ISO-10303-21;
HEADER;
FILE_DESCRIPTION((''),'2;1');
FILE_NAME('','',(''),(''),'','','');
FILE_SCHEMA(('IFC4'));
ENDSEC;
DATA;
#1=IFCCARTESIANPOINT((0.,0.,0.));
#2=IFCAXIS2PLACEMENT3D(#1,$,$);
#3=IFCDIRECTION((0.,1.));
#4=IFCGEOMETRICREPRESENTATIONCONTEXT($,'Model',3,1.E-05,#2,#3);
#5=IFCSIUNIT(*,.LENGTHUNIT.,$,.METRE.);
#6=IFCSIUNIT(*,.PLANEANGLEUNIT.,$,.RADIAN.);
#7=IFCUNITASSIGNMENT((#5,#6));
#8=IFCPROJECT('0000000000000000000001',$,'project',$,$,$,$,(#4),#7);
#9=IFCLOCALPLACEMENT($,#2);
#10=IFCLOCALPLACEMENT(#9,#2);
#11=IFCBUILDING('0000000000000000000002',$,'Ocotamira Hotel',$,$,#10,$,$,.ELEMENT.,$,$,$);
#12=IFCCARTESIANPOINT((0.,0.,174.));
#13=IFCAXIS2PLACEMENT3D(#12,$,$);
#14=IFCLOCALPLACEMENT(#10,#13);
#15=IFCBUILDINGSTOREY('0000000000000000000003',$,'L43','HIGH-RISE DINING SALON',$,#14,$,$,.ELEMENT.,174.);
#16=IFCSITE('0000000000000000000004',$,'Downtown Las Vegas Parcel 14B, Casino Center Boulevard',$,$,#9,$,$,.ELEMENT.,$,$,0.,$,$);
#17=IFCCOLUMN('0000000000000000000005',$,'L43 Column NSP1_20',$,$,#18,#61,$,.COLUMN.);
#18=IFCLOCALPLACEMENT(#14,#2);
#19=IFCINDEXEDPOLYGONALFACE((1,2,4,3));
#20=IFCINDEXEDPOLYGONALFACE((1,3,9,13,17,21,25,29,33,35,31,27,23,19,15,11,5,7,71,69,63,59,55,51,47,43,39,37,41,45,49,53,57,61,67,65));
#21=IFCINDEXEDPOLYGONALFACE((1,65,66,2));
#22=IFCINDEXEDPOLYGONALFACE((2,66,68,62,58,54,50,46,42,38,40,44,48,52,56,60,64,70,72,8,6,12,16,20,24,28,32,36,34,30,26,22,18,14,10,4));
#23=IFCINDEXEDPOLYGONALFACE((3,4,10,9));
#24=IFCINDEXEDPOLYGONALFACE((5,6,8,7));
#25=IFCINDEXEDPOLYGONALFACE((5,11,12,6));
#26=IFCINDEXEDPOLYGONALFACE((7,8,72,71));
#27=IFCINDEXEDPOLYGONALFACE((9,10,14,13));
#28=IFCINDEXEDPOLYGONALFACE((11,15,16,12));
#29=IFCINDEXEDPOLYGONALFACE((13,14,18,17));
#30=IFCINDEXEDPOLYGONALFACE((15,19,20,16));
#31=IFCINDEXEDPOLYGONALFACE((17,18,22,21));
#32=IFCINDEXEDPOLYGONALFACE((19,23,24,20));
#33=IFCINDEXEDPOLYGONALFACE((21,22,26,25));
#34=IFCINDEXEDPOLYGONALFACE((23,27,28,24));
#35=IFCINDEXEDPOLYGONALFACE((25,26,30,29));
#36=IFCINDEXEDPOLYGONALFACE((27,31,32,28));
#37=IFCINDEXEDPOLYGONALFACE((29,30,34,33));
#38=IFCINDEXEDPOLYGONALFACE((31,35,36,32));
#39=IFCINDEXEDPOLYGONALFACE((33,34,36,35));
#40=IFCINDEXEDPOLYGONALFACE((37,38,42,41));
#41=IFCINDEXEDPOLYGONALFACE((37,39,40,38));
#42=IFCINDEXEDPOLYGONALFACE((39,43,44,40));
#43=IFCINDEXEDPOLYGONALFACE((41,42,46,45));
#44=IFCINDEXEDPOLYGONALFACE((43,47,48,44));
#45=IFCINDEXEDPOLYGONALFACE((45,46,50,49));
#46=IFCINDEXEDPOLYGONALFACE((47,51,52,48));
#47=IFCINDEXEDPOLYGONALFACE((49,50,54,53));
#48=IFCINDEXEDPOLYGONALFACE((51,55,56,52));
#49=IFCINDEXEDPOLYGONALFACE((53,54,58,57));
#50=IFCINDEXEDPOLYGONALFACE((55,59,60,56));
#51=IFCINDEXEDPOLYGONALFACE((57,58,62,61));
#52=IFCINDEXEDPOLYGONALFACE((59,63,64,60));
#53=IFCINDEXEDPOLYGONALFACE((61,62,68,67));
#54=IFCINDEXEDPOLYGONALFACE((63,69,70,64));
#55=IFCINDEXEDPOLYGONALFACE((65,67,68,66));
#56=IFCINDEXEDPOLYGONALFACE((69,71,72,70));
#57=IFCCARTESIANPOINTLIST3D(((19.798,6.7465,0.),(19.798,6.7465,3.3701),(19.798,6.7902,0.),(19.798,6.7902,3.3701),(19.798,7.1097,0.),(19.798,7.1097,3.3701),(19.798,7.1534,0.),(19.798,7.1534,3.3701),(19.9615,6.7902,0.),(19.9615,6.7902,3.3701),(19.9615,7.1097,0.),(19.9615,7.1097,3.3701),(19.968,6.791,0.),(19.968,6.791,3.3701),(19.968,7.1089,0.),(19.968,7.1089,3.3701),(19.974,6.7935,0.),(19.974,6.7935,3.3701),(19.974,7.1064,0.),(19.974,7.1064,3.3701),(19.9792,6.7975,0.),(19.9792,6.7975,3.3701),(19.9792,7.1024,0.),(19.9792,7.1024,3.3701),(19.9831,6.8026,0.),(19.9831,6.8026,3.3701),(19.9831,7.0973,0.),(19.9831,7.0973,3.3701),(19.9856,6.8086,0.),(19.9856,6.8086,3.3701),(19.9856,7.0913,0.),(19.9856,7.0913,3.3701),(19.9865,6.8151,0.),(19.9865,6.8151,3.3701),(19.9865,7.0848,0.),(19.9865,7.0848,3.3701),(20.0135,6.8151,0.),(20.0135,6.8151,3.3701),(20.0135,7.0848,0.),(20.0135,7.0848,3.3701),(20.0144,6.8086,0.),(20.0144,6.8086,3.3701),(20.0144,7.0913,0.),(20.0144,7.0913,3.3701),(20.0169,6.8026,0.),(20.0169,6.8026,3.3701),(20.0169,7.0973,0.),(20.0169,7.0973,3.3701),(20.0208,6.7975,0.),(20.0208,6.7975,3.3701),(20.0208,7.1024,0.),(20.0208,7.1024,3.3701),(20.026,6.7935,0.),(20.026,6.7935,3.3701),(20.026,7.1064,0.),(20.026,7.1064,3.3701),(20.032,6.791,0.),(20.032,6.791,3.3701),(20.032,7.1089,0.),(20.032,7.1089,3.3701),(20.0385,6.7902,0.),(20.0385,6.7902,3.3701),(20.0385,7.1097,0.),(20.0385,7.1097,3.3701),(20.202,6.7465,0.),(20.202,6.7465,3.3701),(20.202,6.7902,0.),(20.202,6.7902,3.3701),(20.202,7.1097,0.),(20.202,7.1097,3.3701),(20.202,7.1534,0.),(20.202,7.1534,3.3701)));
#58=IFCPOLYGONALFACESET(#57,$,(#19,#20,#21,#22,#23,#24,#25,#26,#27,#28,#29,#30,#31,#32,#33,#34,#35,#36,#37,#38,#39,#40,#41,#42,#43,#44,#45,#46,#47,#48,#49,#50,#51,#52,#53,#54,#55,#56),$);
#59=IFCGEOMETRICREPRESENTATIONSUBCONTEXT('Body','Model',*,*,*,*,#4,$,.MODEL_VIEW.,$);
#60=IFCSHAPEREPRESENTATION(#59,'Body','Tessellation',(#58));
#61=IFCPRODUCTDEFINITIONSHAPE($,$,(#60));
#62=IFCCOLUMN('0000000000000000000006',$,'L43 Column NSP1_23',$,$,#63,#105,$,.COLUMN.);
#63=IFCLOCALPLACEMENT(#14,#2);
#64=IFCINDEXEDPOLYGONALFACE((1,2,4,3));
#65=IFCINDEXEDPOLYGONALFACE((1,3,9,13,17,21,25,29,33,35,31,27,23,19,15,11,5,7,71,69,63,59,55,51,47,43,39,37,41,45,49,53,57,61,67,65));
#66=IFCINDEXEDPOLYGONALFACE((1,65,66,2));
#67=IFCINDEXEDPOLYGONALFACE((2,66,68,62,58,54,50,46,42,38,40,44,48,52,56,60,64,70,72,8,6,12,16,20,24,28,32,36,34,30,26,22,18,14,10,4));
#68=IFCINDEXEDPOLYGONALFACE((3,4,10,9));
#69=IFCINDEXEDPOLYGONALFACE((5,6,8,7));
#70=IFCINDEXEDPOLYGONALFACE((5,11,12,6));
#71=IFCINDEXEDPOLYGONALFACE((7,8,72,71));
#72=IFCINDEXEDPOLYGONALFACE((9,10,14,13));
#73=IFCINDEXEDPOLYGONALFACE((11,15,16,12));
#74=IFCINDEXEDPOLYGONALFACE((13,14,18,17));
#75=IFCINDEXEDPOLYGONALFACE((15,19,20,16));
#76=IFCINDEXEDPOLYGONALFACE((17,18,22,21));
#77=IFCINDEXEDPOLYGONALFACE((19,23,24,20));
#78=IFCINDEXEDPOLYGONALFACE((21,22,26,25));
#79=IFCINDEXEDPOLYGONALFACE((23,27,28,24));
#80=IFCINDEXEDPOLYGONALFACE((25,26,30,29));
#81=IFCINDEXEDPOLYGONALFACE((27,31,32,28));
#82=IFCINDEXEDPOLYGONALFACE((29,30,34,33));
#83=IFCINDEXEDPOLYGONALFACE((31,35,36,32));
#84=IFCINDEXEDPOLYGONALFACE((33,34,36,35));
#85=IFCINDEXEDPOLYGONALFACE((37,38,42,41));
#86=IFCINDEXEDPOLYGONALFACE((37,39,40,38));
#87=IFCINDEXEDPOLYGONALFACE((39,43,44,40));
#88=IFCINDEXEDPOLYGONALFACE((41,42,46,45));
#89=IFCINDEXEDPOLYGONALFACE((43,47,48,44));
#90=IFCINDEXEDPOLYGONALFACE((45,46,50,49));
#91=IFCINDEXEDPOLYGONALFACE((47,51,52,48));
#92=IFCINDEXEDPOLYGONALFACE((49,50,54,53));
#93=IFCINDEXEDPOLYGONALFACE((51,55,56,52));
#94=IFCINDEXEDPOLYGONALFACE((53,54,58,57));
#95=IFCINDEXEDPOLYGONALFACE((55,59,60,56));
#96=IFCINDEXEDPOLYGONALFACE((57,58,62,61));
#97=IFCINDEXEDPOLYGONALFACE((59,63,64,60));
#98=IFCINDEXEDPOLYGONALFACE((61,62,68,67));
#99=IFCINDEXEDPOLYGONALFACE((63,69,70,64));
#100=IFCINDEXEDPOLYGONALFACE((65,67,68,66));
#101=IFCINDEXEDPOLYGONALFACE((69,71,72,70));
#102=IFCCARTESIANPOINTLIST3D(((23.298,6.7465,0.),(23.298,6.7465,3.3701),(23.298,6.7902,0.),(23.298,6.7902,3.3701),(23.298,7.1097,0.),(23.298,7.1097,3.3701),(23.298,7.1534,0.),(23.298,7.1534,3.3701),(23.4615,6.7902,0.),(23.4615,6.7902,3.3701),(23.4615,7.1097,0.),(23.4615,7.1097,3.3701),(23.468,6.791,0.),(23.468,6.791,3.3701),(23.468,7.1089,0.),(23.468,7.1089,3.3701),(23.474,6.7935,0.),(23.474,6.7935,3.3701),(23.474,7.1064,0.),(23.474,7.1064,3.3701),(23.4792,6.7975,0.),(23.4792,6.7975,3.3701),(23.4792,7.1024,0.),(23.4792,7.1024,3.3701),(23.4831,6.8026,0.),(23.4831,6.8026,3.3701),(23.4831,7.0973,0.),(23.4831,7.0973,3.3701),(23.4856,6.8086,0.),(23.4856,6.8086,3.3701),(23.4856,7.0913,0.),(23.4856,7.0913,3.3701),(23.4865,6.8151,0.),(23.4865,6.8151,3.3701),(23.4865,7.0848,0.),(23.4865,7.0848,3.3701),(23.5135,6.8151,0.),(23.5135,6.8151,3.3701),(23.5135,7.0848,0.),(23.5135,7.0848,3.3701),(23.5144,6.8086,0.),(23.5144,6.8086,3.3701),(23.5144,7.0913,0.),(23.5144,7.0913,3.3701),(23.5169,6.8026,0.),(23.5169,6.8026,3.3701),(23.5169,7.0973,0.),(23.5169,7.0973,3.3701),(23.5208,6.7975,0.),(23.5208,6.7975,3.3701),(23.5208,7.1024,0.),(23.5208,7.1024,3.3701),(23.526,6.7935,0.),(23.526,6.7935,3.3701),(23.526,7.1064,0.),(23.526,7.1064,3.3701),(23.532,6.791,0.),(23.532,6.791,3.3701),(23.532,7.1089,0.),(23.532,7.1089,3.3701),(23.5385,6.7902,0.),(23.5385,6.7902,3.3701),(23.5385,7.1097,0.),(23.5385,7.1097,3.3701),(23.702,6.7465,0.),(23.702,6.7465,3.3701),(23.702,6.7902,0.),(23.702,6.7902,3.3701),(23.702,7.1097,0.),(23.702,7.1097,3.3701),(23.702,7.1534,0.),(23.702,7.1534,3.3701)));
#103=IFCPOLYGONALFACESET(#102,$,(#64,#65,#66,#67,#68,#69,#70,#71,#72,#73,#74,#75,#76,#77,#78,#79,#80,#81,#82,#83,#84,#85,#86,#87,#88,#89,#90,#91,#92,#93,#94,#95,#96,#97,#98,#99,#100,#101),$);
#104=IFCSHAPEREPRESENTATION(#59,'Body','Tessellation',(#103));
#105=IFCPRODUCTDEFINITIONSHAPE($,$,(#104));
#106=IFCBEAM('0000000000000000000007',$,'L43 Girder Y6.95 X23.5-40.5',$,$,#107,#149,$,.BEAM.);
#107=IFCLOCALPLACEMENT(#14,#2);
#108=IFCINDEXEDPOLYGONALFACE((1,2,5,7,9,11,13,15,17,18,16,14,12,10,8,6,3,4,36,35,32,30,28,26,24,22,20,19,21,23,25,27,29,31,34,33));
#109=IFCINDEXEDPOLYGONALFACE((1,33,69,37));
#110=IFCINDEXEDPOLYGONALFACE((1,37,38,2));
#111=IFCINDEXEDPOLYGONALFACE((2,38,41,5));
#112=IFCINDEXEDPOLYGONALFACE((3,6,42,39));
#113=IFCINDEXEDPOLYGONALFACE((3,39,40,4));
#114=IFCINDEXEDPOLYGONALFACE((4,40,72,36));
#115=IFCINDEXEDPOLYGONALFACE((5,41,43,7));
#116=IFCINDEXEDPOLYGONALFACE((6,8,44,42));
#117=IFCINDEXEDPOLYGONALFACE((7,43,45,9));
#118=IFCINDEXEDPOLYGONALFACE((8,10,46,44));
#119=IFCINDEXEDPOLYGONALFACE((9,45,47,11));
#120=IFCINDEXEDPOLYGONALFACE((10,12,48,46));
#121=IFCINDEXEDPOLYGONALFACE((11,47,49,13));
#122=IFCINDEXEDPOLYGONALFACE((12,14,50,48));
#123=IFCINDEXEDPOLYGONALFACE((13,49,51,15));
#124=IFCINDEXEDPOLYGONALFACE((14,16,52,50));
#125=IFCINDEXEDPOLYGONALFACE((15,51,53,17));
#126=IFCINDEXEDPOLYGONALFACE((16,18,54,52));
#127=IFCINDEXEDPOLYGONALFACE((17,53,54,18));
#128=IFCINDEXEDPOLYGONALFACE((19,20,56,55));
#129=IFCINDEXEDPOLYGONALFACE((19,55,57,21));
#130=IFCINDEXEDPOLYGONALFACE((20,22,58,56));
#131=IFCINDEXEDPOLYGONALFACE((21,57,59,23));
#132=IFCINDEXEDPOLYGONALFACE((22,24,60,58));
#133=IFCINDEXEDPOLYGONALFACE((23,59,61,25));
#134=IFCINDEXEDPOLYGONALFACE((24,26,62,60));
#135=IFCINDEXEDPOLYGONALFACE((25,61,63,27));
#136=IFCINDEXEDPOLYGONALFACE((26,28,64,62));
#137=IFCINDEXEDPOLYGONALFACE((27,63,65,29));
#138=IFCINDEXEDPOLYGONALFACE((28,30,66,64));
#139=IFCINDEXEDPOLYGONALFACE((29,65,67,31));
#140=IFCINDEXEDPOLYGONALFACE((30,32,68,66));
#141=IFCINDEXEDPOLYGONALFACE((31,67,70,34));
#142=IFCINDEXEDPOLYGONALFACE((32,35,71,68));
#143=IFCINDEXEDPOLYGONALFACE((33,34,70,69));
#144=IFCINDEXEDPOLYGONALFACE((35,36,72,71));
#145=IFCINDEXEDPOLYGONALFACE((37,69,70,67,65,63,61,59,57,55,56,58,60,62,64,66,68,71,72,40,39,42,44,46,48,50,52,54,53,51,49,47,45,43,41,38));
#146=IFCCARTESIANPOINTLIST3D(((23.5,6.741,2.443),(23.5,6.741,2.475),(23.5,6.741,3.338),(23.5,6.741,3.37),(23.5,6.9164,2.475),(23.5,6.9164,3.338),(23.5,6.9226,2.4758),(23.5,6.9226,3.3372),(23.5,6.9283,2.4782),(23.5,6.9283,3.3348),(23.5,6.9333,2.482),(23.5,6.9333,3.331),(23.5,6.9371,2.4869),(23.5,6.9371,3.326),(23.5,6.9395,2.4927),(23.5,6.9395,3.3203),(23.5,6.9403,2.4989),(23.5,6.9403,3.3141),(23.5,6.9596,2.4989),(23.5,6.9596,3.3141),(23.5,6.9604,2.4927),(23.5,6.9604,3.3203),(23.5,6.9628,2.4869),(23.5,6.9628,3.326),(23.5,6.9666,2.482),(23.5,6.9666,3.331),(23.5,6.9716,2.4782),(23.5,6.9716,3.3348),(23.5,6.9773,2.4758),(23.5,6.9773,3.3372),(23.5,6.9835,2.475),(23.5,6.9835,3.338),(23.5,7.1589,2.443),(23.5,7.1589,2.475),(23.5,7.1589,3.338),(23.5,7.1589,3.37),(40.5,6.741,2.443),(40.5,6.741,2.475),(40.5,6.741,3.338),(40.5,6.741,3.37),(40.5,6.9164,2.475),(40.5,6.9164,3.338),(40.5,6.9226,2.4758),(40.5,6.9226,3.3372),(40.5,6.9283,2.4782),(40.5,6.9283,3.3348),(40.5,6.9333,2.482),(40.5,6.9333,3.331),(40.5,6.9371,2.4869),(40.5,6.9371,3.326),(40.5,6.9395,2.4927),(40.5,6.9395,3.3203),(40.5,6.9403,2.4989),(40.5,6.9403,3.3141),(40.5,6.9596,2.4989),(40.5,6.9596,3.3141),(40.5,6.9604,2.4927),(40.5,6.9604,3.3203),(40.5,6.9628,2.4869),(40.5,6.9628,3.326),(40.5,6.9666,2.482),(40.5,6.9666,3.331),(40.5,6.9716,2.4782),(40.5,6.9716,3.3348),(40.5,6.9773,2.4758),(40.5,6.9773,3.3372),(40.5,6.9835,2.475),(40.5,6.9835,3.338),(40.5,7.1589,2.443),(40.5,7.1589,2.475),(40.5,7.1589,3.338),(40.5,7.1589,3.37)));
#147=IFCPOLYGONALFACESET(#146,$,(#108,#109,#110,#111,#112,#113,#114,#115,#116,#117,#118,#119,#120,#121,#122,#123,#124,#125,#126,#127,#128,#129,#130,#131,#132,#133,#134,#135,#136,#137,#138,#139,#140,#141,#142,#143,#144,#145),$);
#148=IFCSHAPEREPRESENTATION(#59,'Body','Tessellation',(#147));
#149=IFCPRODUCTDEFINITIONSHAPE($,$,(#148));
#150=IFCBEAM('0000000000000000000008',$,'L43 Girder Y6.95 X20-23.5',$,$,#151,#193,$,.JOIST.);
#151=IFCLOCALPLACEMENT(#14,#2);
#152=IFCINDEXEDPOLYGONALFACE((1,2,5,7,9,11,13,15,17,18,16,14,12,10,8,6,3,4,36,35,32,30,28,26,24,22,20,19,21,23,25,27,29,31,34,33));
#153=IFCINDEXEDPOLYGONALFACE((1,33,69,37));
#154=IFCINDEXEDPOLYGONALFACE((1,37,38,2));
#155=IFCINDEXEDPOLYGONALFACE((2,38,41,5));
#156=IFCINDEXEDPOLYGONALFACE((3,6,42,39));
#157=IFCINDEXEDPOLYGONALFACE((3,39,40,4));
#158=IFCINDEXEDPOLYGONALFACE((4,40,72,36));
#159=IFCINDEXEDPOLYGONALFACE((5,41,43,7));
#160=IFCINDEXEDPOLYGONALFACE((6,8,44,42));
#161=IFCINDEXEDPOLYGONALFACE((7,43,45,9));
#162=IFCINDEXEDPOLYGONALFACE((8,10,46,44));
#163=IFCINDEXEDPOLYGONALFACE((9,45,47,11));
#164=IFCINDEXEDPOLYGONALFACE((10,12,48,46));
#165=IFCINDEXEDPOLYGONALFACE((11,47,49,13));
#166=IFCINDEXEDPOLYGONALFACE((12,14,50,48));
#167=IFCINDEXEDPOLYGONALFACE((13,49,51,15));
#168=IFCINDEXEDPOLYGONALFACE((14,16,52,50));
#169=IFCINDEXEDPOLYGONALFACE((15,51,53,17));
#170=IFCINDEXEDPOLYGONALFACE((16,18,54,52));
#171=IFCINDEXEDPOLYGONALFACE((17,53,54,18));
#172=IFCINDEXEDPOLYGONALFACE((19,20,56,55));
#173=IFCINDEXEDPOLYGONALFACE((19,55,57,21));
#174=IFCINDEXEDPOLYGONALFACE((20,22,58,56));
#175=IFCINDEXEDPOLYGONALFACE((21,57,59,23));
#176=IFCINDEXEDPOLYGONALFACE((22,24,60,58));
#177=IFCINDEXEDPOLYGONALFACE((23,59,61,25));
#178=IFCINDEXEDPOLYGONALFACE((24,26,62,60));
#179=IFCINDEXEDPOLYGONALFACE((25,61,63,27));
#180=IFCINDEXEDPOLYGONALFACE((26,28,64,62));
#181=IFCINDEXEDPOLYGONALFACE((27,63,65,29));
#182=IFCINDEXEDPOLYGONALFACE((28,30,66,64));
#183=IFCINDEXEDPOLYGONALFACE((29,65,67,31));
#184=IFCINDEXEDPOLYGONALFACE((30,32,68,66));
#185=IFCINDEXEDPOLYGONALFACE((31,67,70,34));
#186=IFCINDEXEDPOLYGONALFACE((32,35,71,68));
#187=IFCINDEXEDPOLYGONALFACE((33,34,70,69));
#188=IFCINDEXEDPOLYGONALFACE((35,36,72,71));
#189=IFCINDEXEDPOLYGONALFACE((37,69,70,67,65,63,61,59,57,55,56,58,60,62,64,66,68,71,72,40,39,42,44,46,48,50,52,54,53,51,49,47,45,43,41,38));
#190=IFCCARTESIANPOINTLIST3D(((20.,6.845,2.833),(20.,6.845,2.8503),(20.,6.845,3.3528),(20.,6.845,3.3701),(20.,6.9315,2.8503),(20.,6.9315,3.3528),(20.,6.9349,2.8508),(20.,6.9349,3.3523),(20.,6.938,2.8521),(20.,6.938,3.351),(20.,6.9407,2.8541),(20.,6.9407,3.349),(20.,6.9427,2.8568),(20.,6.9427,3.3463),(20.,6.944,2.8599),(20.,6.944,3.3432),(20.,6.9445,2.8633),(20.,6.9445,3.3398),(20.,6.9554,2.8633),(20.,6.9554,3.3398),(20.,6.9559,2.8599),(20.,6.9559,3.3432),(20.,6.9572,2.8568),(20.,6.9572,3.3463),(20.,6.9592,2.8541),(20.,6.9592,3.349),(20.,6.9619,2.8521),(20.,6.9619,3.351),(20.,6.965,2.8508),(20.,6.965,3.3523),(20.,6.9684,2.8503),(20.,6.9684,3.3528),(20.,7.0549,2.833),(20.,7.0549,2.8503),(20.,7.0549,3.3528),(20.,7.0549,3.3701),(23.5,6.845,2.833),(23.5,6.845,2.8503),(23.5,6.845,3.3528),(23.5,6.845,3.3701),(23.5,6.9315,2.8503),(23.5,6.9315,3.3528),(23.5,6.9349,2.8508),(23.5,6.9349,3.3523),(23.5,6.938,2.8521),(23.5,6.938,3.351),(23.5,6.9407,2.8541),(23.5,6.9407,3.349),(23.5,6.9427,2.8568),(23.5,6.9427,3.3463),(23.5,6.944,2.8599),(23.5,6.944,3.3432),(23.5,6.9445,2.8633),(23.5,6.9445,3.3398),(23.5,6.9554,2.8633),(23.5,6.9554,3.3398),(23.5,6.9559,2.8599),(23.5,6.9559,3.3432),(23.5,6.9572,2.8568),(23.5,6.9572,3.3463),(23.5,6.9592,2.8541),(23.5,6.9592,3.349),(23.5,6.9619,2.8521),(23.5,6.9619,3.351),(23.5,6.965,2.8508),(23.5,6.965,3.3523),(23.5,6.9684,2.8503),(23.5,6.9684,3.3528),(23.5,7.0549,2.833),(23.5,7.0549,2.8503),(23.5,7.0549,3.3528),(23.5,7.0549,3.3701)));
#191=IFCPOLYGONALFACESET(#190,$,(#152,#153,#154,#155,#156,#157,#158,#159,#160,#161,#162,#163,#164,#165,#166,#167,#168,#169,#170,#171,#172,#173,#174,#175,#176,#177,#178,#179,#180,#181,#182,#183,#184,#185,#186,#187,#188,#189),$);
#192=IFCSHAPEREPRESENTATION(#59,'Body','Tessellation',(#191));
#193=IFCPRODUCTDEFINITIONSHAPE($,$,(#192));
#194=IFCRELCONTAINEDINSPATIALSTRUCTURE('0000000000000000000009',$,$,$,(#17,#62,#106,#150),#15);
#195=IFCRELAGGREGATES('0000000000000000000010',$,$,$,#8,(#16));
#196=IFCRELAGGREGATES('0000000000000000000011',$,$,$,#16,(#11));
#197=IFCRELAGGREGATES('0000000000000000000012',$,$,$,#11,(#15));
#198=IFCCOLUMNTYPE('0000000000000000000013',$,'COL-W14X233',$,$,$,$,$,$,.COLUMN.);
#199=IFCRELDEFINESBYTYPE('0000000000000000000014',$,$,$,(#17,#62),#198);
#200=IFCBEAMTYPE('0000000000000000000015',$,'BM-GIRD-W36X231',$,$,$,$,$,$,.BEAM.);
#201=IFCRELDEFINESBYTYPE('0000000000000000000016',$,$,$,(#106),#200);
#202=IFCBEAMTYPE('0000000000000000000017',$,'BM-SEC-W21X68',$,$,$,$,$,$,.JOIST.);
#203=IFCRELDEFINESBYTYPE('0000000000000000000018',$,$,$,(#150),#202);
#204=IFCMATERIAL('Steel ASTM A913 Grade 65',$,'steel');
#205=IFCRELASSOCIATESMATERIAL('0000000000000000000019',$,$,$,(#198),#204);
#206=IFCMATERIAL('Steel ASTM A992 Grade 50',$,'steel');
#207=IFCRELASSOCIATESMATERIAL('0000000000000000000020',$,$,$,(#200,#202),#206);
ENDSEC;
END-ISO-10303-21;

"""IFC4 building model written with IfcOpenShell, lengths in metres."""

from ifc_helpers import new_model, si_unit, direction, frame, origin, origin_2d, place, context, subcontext, project, spatial, i_section, extrude, source, transform, mapped, material, material_profile, profile_set, type_object, element, save


model = new_model("IFC4")

# Units and contexts
model_context = context("Model", 3, precision=1e-05, world=origin(), true_north=direction((0.0, 1.0)))
body_context = subcontext(model_context, "Body", "Model", "MODEL_VIEW")
ifc_project = project(units=[si_unit("LENGTHUNIT", "METRE"), si_unit("PLANEANGLEUNIT", "RADIAN")], contexts=[model_context])

# Site, building, storey
site_placement = place(None, origin())
site = spatial("IfcSite", under=ifc_project, at=site_placement, Name="Downtown Las Vegas Parcel 14B, Casino Center Boulevard", CompositionType="ELEMENT", RefElevation=0.0)
building_placement = place(site_placement, origin())
building = spatial("IfcBuilding", under=site, at=building_placement, Name="Ocotamira Hotel", CompositionType="ELEMENT")
storey_placement = place(building_placement, frame((0.0, 0.0, 174.0)))
storey = spatial("IfcBuildingStorey", under=building, at=storey_placement, Name="L43", Description="HIGH-RISE DINING SALON", CompositionType="ELEMENT", Elevation=174.0)

# Columns
ifc_material_1 = material(Name="Steel ASTM A913 Grade 65", Category="steel")
ifc_material_profile_1 = material_profile(ifc_material_1, i_section(OverallWidth=0.4041, OverallDepth=0.407, WebThickness=0.0271, FlangeThickness=0.0437, FilletRadius=0.0249, at=origin_2d()), Name="W14X233")
ifc_profile_set_1 = profile_set([ifc_material_profile_1], Name="Steel ASTM A913 Grade 65")
column_type = type_object("IfcColumnType", Name="COL-W14X233", PredefinedType="COLUMN", material=ifc_profile_set_1)
shared_shape_1 = source(origin(), body_context, "Body", "SweptSolid", [
    extrude(i_section(OverallWidth=0.4041, OverallDepth=0.407, WebThickness=0.0271, FlangeThickness=0.0437, FilletRadius=0.0249, at=origin_2d()), origin(), (0.0, 0.0, 1.0), 3.3701),
])
for number, where, z_axis, x_axis, name in (
    (1, (20.0, 6.95, 0.0), (0.0, 0.0, 1.0), (1.0, 0.0, 0.0), "L43 Column NSP1_20"),
    (2, (23.5, 6.95, 0.0), (0.0, 0.0, 1.0), (1.0, 0.0, 0.0), "L43 Column NSP1_23"),
):
    element("IfcColumn", number, at=place(storey_placement, frame(where, z_axis=z_axis, x_axis=x_axis)), inside=storey, type_object=column_type, Name=name, PredefinedType="COLUMN", context=body_context, shape_type="MappedRepresentation", body=[
        mapped(shared_shape_1, transform((0.0, 0.0, 0.0), scale=1.0)),
    ])

# Beams
ifc_material_2 = material(Name="Steel ASTM A992 Grade 50", Category="steel")
ifc_material_profile_2 = material_profile(ifc_material_2, i_section(OverallWidth=0.418, OverallDepth=0.927, WebThickness=0.0193, FlangeThickness=0.032, FilletRadius=0.0239, at=origin_2d()), Name="W36X231")
ifc_profile_set_2 = profile_set([ifc_material_profile_2], Name="Steel ASTM A992 Grade 50")
beam_type_1 = type_object("IfcBeamType", Name="BM-GIRD-W36X231", PredefinedType="BEAM", material=ifc_profile_set_2)
shared_shape_2 = source(origin(), body_context, "Body", "SweptSolid", [
    extrude(i_section(OverallWidth=0.418, OverallDepth=0.927, WebThickness=0.0193, FlangeThickness=0.032, FilletRadius=0.0239, at=origin_2d()), origin(), (0.0, 0.0, 1.0), 17.0),
])
beam_1_placement = place(storey_placement, frame((23.5, 6.95, 2.9065), z_axis=(1.0, 0.0, 0.0), x_axis=(0.0, 1.0, 0.0)))
element("IfcBeam", 3, at=beam_1_placement, inside=storey, type_object=beam_type_1, Name="L43 Girder Y6.95 X23.5-40.5", PredefinedType="BEAM", context=body_context, shape_type="MappedRepresentation", body=[
    mapped(shared_shape_2, transform((0.0, 0.0, 0.0), scale=1.0)),
])
ifc_material_profile_3 = material_profile(ifc_material_2, i_section(OverallWidth=0.21, OverallDepth=0.5371, WebThickness=0.011, FlangeThickness=0.0173, FilletRadius=0.0129, at=origin_2d()), Name="W21X68")
ifc_profile_set_3 = profile_set([ifc_material_profile_3], Name="Steel ASTM A992 Grade 50")
beam_type_2 = type_object("IfcBeamType", Name="BM-SEC-W21X68", PredefinedType="JOIST", material=ifc_profile_set_3)
shared_shape_3 = source(origin(), body_context, "Body", "SweptSolid", [
    extrude(i_section(OverallWidth=0.21, OverallDepth=0.5371, WebThickness=0.011, FlangeThickness=0.0173, FilletRadius=0.0129, at=origin_2d()), origin(), (0.0, 0.0, 1.0), 3.5),
])
beam_2_placement = place(storey_placement, frame((20.0, 6.95, 3.1016), z_axis=(1.0, 0.0, 0.0), x_axis=(0.0, 1.0, 0.0)))
element("IfcBeam", 4, at=beam_2_placement, inside=storey, type_object=beam_type_2, Name="L43 Girder Y6.95 X20-23.5", PredefinedType="JOIST", context=body_context, shape_type="MappedRepresentation", body=[
    mapped(shared_shape_3, transform((0.0, 0.0, 0.0), scale=1.0)),
])

save(model, "model.ifc")
